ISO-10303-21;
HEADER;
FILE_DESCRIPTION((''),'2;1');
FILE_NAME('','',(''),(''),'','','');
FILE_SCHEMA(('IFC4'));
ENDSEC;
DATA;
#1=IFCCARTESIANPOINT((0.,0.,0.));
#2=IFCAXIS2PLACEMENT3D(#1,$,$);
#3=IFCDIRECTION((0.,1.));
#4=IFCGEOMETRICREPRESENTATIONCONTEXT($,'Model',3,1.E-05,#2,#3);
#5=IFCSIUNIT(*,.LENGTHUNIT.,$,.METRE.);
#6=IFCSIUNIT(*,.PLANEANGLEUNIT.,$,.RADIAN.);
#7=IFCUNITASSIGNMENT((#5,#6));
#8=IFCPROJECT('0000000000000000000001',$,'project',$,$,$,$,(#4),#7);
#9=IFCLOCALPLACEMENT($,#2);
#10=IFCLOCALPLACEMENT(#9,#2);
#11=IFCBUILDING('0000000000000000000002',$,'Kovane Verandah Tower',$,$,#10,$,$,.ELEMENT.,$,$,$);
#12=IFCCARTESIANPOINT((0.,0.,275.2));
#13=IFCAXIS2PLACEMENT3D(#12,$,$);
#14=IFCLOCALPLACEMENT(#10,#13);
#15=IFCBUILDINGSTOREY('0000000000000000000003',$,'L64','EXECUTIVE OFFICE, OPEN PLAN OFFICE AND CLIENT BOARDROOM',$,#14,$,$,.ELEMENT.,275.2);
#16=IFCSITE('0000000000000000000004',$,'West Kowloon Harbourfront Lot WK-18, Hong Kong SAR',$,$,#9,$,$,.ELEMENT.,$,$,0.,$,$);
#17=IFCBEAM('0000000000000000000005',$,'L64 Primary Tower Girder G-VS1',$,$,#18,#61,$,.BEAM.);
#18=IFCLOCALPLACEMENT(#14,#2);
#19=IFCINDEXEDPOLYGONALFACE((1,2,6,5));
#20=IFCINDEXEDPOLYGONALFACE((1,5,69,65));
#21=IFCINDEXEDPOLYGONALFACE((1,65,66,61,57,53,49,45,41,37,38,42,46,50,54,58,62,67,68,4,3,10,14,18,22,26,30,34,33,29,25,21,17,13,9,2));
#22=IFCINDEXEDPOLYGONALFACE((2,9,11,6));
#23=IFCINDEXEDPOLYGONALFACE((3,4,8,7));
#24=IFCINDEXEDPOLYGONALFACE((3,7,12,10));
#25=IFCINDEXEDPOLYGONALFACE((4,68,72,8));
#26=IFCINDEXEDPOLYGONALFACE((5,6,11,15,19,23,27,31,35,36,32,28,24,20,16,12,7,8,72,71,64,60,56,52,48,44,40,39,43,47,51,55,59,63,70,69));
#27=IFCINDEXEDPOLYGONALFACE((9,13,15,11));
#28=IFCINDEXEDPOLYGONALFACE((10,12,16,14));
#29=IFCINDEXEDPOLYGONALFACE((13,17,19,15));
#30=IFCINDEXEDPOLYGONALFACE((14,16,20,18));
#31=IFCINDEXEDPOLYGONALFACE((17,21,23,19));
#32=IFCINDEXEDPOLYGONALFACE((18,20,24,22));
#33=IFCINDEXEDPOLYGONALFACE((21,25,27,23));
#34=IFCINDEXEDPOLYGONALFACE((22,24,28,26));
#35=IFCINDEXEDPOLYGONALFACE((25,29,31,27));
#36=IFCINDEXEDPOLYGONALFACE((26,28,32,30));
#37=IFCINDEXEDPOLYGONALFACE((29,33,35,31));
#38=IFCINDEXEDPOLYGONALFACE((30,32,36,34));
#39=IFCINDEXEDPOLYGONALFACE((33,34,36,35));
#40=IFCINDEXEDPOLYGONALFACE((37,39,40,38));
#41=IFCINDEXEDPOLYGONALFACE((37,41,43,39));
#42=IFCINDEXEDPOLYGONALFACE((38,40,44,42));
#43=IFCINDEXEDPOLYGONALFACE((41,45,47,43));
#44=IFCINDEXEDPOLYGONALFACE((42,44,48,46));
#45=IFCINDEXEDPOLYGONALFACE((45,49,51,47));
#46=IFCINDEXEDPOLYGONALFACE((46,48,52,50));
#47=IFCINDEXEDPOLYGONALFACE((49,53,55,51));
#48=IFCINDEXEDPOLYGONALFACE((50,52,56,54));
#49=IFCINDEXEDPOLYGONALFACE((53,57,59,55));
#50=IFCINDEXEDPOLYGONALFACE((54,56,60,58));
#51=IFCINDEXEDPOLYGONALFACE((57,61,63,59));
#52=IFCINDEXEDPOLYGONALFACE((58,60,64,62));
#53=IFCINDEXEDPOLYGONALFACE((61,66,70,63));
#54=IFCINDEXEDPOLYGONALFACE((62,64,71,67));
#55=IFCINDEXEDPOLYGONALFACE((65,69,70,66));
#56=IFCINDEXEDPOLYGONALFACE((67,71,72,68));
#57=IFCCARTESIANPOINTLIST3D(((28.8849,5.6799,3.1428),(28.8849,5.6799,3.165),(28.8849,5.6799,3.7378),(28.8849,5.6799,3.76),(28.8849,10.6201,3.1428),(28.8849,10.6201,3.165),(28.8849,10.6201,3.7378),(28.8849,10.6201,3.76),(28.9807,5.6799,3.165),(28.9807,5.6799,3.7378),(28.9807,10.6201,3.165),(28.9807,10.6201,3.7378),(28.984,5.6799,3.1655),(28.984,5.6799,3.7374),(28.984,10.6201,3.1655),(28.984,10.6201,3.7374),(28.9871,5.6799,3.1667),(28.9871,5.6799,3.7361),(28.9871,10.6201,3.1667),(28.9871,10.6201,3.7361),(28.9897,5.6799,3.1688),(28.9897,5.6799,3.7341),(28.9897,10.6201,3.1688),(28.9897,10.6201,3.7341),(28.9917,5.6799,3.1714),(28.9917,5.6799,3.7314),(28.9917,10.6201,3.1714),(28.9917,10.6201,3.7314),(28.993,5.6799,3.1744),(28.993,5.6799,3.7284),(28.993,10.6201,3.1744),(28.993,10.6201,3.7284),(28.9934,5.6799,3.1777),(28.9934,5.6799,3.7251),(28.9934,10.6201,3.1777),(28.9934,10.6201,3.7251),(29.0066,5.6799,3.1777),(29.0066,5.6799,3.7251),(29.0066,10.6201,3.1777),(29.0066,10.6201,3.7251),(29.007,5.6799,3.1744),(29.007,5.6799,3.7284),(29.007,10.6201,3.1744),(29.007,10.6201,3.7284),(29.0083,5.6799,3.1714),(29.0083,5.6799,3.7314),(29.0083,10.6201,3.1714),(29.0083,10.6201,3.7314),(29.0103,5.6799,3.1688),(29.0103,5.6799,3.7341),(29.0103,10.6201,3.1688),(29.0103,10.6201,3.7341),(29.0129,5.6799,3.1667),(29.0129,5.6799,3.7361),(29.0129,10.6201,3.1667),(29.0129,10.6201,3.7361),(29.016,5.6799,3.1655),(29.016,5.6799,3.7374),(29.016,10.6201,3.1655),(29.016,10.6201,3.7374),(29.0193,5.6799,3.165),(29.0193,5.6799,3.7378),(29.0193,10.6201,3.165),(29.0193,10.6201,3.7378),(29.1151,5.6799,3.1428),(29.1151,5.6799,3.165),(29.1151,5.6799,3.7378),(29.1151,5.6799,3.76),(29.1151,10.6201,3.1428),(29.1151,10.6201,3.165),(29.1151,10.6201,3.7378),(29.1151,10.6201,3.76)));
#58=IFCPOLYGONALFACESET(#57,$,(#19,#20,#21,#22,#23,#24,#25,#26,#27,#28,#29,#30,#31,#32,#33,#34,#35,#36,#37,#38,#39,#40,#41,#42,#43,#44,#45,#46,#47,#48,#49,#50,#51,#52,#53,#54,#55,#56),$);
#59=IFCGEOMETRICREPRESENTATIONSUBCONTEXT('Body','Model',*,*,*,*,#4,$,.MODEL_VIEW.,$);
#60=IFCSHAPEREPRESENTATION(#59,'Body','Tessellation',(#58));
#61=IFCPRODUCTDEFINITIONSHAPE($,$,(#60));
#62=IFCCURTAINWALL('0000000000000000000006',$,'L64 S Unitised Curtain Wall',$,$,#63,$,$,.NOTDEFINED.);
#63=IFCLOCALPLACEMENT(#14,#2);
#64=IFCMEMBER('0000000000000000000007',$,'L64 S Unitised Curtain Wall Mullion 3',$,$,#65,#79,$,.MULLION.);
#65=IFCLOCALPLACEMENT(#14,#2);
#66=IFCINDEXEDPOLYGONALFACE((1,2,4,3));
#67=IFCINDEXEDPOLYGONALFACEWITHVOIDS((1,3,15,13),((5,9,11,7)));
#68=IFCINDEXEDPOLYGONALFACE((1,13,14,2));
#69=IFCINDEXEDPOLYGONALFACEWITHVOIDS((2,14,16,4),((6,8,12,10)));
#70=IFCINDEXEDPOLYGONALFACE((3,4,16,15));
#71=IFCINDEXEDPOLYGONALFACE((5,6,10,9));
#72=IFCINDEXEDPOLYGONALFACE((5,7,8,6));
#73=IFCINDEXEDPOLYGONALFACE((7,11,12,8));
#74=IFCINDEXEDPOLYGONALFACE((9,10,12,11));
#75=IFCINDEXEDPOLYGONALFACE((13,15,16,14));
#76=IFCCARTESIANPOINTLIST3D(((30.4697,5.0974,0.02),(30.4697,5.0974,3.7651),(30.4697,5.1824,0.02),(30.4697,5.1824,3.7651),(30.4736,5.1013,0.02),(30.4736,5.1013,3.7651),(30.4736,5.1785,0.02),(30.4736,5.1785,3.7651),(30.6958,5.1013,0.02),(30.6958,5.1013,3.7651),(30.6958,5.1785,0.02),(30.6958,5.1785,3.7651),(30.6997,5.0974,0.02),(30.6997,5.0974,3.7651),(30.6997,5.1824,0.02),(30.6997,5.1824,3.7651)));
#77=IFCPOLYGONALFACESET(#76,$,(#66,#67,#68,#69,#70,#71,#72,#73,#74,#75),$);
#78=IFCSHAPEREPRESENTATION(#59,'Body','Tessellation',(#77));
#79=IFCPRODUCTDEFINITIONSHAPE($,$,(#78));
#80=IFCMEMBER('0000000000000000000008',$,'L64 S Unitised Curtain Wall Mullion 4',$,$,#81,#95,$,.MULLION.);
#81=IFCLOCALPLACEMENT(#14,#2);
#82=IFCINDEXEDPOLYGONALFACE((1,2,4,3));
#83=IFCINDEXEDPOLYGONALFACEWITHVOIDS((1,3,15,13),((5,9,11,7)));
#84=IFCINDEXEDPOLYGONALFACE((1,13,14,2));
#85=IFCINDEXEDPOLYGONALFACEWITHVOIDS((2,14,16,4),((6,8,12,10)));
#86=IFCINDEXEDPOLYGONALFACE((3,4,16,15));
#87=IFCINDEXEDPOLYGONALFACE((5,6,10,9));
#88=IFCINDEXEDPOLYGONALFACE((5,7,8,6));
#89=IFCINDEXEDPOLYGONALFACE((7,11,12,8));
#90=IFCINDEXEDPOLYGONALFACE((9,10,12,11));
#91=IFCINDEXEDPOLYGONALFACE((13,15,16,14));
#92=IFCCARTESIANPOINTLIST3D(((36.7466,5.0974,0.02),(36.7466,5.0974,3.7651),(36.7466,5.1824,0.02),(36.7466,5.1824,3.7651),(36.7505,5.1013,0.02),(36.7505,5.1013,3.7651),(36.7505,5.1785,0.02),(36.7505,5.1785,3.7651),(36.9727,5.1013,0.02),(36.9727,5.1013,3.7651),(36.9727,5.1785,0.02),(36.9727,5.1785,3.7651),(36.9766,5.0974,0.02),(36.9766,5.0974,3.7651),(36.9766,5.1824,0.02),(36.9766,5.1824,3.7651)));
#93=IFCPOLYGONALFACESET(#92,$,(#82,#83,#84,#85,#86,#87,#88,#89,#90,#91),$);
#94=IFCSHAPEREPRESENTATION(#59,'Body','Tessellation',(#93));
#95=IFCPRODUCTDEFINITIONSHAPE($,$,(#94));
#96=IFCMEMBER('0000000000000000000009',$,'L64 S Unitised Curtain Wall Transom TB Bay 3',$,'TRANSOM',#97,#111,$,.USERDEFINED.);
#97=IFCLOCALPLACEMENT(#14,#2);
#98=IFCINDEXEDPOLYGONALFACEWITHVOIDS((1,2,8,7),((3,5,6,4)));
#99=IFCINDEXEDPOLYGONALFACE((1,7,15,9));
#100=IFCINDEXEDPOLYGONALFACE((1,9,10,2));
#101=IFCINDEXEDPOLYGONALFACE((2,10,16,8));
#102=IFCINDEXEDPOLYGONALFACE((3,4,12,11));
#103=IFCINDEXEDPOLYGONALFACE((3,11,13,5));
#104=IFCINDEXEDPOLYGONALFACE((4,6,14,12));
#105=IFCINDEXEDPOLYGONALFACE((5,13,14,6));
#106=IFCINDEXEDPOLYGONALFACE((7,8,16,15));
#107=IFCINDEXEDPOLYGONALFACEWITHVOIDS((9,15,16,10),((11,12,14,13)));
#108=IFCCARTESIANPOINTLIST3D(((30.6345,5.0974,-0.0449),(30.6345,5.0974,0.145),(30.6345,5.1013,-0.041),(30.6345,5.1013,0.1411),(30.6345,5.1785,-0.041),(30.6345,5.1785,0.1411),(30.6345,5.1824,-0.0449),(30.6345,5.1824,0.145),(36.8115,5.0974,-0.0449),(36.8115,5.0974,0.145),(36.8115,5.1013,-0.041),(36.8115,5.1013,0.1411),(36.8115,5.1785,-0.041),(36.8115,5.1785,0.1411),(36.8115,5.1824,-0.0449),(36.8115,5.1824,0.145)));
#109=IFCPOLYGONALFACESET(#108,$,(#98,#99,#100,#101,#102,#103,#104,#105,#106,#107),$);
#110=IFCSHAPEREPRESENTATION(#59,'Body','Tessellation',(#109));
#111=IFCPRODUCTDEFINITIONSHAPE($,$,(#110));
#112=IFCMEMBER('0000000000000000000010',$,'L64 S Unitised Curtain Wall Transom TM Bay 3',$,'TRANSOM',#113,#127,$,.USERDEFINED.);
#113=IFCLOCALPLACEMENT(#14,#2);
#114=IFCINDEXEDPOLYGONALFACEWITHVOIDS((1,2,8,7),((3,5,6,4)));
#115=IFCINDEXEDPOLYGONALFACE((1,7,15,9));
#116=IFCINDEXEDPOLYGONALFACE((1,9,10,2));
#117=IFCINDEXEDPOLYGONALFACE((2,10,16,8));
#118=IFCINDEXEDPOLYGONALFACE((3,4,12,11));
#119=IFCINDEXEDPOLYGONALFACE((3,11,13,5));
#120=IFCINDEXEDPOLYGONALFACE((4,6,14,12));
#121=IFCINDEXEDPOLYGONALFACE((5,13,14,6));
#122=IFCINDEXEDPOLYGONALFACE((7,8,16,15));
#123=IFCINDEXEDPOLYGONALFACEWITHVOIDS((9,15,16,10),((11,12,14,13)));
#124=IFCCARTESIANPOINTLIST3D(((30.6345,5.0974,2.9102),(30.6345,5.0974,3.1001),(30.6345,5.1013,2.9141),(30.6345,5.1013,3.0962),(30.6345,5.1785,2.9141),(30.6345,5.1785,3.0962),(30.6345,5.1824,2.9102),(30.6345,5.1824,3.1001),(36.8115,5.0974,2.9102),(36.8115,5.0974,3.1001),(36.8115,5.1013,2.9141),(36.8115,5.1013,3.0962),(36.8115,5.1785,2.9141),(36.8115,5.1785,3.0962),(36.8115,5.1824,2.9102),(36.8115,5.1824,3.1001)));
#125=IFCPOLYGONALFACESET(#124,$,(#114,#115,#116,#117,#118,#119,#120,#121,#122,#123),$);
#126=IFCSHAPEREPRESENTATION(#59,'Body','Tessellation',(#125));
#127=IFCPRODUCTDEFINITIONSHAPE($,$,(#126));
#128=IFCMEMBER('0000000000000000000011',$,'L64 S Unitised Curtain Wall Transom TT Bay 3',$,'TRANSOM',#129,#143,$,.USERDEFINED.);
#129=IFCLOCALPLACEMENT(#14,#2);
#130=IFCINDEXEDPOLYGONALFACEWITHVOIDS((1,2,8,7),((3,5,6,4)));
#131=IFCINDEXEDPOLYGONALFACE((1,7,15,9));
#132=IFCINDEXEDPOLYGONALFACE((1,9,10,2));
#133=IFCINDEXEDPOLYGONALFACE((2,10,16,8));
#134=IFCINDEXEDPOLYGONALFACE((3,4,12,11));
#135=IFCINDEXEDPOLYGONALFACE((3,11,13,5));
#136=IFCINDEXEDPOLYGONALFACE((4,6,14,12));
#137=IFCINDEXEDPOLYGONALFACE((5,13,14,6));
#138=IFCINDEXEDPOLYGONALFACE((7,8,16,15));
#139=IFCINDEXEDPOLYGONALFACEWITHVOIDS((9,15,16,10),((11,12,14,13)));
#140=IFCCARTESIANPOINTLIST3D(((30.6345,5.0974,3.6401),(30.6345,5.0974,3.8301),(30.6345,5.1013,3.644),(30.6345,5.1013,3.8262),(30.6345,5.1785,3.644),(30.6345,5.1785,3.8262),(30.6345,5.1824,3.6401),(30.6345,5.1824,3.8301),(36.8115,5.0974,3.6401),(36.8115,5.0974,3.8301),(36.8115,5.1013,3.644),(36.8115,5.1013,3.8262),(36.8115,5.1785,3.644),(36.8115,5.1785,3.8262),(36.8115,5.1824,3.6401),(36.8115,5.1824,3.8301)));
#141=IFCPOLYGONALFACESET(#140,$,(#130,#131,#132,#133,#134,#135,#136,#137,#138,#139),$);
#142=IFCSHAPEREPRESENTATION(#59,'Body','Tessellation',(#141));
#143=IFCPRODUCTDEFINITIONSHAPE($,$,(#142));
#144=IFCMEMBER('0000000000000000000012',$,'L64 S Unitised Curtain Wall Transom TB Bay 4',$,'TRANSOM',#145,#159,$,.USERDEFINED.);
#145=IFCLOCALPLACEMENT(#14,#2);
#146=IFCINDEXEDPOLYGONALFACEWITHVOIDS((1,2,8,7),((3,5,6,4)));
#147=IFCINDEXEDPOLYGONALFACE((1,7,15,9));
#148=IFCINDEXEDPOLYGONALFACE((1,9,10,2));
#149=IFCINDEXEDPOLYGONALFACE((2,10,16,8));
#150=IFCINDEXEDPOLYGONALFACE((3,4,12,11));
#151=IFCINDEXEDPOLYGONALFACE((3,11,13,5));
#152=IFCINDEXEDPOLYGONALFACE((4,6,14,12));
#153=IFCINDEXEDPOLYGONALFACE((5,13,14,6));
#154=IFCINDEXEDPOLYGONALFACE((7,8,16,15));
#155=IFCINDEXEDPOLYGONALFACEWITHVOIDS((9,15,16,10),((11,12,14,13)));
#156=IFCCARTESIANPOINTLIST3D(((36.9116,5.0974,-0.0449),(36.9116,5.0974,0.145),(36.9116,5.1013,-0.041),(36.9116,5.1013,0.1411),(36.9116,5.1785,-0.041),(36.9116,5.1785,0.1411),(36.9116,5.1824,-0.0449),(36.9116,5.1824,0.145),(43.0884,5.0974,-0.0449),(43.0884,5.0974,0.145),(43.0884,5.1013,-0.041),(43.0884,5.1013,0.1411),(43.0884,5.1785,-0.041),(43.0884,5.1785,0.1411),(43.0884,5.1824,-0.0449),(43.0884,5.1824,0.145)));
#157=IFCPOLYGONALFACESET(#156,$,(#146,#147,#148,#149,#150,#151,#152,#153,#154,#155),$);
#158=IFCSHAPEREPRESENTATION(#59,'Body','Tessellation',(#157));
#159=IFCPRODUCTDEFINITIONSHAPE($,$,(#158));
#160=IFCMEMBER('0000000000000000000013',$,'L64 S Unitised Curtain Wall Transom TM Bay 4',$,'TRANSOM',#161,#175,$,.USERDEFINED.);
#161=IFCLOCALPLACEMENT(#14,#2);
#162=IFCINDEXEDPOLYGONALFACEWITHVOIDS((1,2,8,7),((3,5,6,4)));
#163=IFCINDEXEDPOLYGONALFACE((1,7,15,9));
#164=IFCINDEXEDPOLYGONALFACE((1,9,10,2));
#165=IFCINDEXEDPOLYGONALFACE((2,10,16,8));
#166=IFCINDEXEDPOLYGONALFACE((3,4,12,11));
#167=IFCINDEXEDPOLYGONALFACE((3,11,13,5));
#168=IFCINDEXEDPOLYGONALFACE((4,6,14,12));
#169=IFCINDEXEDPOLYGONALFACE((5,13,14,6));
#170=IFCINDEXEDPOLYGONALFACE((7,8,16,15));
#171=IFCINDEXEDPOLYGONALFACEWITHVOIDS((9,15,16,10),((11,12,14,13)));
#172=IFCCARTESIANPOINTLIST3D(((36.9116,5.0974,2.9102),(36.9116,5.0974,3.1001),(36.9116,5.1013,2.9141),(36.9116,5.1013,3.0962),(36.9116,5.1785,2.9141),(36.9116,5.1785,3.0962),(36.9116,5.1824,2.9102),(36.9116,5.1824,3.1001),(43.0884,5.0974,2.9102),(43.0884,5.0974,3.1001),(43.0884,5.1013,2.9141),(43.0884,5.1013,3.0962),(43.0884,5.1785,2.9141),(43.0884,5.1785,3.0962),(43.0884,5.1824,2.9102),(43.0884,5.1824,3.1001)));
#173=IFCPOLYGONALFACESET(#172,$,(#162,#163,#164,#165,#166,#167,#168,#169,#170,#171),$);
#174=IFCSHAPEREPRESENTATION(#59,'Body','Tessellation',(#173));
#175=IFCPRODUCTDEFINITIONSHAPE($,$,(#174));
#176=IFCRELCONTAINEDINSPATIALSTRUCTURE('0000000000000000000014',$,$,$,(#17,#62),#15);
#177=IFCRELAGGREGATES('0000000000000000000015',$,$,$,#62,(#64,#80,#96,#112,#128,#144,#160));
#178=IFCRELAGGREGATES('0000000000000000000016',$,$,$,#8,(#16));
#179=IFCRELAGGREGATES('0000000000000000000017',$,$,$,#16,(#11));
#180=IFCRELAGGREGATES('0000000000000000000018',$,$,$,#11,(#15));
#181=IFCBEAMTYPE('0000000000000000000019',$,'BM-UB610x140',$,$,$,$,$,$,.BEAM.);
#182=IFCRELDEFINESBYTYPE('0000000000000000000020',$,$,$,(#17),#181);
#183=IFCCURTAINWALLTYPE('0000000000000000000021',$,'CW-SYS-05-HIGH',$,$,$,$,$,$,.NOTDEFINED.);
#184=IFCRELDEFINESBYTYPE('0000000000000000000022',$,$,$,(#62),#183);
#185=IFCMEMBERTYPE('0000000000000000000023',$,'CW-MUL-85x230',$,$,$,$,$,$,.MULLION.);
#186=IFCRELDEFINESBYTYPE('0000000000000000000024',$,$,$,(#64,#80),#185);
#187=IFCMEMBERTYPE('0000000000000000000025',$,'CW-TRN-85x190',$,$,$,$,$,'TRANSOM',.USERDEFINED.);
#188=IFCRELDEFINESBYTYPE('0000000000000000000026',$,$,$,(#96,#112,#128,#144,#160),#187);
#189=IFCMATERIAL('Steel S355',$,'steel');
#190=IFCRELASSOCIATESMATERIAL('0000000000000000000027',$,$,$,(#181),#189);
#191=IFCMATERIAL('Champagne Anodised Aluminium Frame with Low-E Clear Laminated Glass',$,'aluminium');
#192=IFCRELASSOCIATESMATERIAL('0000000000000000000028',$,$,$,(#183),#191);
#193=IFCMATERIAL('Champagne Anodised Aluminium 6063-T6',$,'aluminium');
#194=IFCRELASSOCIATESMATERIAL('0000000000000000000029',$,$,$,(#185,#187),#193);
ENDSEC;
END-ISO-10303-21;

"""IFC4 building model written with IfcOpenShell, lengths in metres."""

from ifc_helpers import new_model, si_unit, direction, frame, origin, origin_2d, place, context, subcontext, project, spatial, hollow_rectangle, i_section, extrude, material, material_profile, profile_set, type_object, element, aggregate, save


model = new_model("IFC4")

# Units and contexts
model_context = context("Model", 3, precision=1e-05, world=origin(), true_north=direction((0.0, 1.0)))
body_context = subcontext(model_context, "Body", "Model", "MODEL_VIEW")
ifc_project = project(units=[si_unit("LENGTHUNIT", "METRE"), si_unit("PLANEANGLEUNIT", "RADIAN")], contexts=[model_context])

# Site, building, storey
site_placement = place(None, origin())
site = spatial("IfcSite", under=ifc_project, at=site_placement, Name="West Kowloon Harbourfront Lot WK-18, Hong Kong SAR", CompositionType="ELEMENT", RefElevation=0.0)
building_placement = place(site_placement, origin())
building = spatial("IfcBuilding", under=site, at=building_placement, Name="Kovane Verandah Tower", CompositionType="ELEMENT")
storey_placement = place(building_placement, frame((0.0, 0.0, 275.2)))
storey = spatial("IfcBuildingStorey", under=building, at=storey_placement, Name="L64", Description="EXECUTIVE OFFICE, OPEN PLAN OFFICE AND CLIENT BOARDROOM", CompositionType="ELEMENT", Elevation=275.2)

# Beam
ifc_material_1 = material(Name="Steel S355", Category="steel")
ifc_material_profile_1 = material_profile(ifc_material_1, i_section(OverallWidth=0.2302, OverallDepth=0.6172, WebThickness=0.0132, FlangeThickness=0.0222, FilletRadius=0.0127, at=origin_2d()), Name="UB610x229x140")
ifc_profile_set_1 = profile_set([ifc_material_profile_1], Name="Steel S355")
beam_type_1 = type_object("IfcBeamType", Name="BM-UB610x140", PredefinedType="BEAM", material=ifc_profile_set_1)
beam_1_placement = place(storey_placement, frame((29.0, 10.6201, 3.4514), z_axis=(0.0, -1.0, 0.0), x_axis=(1.0, 0.0, 0.0)))
element("IfcBeam", 1, at=beam_1_placement, inside=storey, type_object=beam_type_1, Name="L64 Primary Tower Girder G-VS1", PredefinedType="BEAM", context=body_context, shape_type="SweptSolid", body=[
    extrude(i_section(OverallWidth=0.2302, OverallDepth=0.6172, WebThickness=0.0132, FlangeThickness=0.0222, FilletRadius=0.0127, at=origin_2d()), origin(), (0.0, 0.0, 1.0), 4.9402),
])

# Curtain wall, members
ifc_material_2 = material(Name="Champagne Anodised Aluminium Frame with Low-E Clear Laminated Glass", Category="aluminium")
curtain_wall_type = type_object("IfcCurtainWallType", Name="CW-SYS-05-HIGH", PredefinedType="NOTDEFINED", material=ifc_material_2)
curtain_wall_placement = place(storey_placement, origin())
curtain_wall = element("IfcCurtainWall", 2, at=curtain_wall_placement, inside=storey, type_object=curtain_wall_type, Name="L64 S Unitised Curtain Wall", PredefinedType="NOTDEFINED")
ifc_material_3 = material(Name="Champagne Anodised Aluminium 6063-T6", Category="aluminium")
ifc_material_profile_2 = material_profile(ifc_material_3, hollow_rectangle(XDim=0.085, YDim=0.23, WallThickness=0.0039, at=origin_2d()), Name="AL85x230x4")
ifc_profile_set_2 = profile_set([ifc_material_profile_2], Name="Champagne Anodised Aluminium 6063-T6")
member_type_1 = type_object("IfcMemberType", Name="CW-MUL-85x230", PredefinedType="MULLION", material=ifc_profile_set_2)
member_1_placement = place(storey_placement, frame((30.5847, 5.1399, 0.02), z_axis=(0.0, 0.0, 1.0), x_axis=(0.0, -1.0, 0.0)))
member_1 = element("IfcMember", 3, at=member_1_placement, type_object=member_type_1, Name="L64 S Unitised Curtain Wall Mullion 3", PredefinedType="MULLION", context=body_context, shape_type="SweptSolid", body=[
    extrude(hollow_rectangle(XDim=0.085, YDim=0.23, WallThickness=0.0039, at=origin_2d()), origin(), (0.0, 0.0, 1.0), 3.7451),
])
member_2_placement = place(storey_placement, frame((36.8616, 5.1399, 0.02), z_axis=(0.0, 0.0, 1.0), x_axis=(0.0, -1.0, 0.0)))
member_2 = element("IfcMember", 4, at=member_2_placement, type_object=member_type_1, Name="L64 S Unitised Curtain Wall Mullion 4", PredefinedType="MULLION", context=body_context, shape_type="SweptSolid", body=[
    extrude(hollow_rectangle(XDim=0.085, YDim=0.23, WallThickness=0.0039, at=origin_2d()), origin(), (0.0, 0.0, 1.0), 3.7451),
])
ifc_material_profile_3 = material_profile(ifc_material_3, hollow_rectangle(XDim=0.085, YDim=0.1899, WallThickness=0.0039, at=origin_2d()), Name="AL85x190x4")
ifc_profile_set_3 = profile_set([ifc_material_profile_3], Name="Champagne Anodised Aluminium 6063-T6")
member_type_2 = type_object("IfcMemberType", Name="CW-TRN-85x190", ElementType="TRANSOM", PredefinedType="USERDEFINED", material=ifc_profile_set_3)
member_3_placement = place(storey_placement, frame((30.6345, 5.1399, 0.05), z_axis=(1.0, 0.0, 0.0), x_axis=(0.0, 1.0, 0.0)))
member_3 = element("IfcMember", 5, at=member_3_placement, type_object=member_type_2, Name="L64 S Unitised Curtain Wall Transom TB Bay 3", ObjectType="TRANSOM", PredefinedType="USERDEFINED", context=body_context, shape_type="SweptSolid", body=[
    extrude(hollow_rectangle(XDim=0.085, YDim=0.1899, WallThickness=0.0039, at=origin_2d()), origin(), (0.0, 0.0, 1.0), 6.177),
])
member_4_placement = place(storey_placement, frame((30.6345, 5.1399, 3.0051), z_axis=(1.0, 0.0, 0.0), x_axis=(0.0, 1.0, 0.0)))
member_4 = element("IfcMember", 6, at=member_4_placement, type_object=member_type_2, Name="L64 S Unitised Curtain Wall Transom TM Bay 3", ObjectType="TRANSOM", PredefinedType="USERDEFINED", context=body_context, shape_type="SweptSolid", body=[
    extrude(hollow_rectangle(XDim=0.085, YDim=0.1899, WallThickness=0.0039, at=origin_2d()), origin(), (0.0, 0.0, 1.0), 6.177),
])
member_5_placement = place(storey_placement, frame((30.6345, 5.1399, 3.7351), z_axis=(1.0, 0.0, 0.0), x_axis=(0.0, 1.0, 0.0)))
member_5 = element("IfcMember", 7, at=member_5_placement, type_object=member_type_2, Name="L64 S Unitised Curtain Wall Transom TT Bay 3", ObjectType="TRANSOM", PredefinedType="USERDEFINED", context=body_context, shape_type="SweptSolid", body=[
    extrude(hollow_rectangle(XDim=0.085, YDim=0.1899, WallThickness=0.0039, at=origin_2d()), origin(), (0.0, 0.0, 1.0), 6.177),
])
member_6_placement = place(storey_placement, frame((36.9116, 5.1399, 0.05), z_axis=(1.0, 0.0, 0.0), x_axis=(0.0, 1.0, 0.0)))
member_6 = element("IfcMember", 8, at=member_6_placement, type_object=member_type_2, Name="L64 S Unitised Curtain Wall Transom TB Bay 4", ObjectType="TRANSOM", PredefinedType="USERDEFINED", context=body_context, shape_type="SweptSolid", body=[
    extrude(hollow_rectangle(XDim=0.085, YDim=0.1899, WallThickness=0.0039, at=origin_2d()), origin(), (0.0, 0.0, 1.0), 6.1768),
])
member_7_placement = place(storey_placement, frame((36.9116, 5.1399, 3.0051), z_axis=(1.0, 0.0, 0.0), x_axis=(0.0, 1.0, 0.0)))
member_7 = element("IfcMember", 9, at=member_7_placement, type_object=member_type_2, Name="L64 S Unitised Curtain Wall Transom TM Bay 4", ObjectType="TRANSOM", PredefinedType="USERDEFINED", context=body_context, shape_type="SweptSolid", body=[
    extrude(hollow_rectangle(XDim=0.085, YDim=0.1899, WallThickness=0.0039, at=origin_2d()), origin(), (0.0, 0.0, 1.0), 6.1768),
])

aggregate(curtain_wall, [member_1, member_2, member_3, member_4, member_5, member_6, member_7])

save(model, "model.ifc")
